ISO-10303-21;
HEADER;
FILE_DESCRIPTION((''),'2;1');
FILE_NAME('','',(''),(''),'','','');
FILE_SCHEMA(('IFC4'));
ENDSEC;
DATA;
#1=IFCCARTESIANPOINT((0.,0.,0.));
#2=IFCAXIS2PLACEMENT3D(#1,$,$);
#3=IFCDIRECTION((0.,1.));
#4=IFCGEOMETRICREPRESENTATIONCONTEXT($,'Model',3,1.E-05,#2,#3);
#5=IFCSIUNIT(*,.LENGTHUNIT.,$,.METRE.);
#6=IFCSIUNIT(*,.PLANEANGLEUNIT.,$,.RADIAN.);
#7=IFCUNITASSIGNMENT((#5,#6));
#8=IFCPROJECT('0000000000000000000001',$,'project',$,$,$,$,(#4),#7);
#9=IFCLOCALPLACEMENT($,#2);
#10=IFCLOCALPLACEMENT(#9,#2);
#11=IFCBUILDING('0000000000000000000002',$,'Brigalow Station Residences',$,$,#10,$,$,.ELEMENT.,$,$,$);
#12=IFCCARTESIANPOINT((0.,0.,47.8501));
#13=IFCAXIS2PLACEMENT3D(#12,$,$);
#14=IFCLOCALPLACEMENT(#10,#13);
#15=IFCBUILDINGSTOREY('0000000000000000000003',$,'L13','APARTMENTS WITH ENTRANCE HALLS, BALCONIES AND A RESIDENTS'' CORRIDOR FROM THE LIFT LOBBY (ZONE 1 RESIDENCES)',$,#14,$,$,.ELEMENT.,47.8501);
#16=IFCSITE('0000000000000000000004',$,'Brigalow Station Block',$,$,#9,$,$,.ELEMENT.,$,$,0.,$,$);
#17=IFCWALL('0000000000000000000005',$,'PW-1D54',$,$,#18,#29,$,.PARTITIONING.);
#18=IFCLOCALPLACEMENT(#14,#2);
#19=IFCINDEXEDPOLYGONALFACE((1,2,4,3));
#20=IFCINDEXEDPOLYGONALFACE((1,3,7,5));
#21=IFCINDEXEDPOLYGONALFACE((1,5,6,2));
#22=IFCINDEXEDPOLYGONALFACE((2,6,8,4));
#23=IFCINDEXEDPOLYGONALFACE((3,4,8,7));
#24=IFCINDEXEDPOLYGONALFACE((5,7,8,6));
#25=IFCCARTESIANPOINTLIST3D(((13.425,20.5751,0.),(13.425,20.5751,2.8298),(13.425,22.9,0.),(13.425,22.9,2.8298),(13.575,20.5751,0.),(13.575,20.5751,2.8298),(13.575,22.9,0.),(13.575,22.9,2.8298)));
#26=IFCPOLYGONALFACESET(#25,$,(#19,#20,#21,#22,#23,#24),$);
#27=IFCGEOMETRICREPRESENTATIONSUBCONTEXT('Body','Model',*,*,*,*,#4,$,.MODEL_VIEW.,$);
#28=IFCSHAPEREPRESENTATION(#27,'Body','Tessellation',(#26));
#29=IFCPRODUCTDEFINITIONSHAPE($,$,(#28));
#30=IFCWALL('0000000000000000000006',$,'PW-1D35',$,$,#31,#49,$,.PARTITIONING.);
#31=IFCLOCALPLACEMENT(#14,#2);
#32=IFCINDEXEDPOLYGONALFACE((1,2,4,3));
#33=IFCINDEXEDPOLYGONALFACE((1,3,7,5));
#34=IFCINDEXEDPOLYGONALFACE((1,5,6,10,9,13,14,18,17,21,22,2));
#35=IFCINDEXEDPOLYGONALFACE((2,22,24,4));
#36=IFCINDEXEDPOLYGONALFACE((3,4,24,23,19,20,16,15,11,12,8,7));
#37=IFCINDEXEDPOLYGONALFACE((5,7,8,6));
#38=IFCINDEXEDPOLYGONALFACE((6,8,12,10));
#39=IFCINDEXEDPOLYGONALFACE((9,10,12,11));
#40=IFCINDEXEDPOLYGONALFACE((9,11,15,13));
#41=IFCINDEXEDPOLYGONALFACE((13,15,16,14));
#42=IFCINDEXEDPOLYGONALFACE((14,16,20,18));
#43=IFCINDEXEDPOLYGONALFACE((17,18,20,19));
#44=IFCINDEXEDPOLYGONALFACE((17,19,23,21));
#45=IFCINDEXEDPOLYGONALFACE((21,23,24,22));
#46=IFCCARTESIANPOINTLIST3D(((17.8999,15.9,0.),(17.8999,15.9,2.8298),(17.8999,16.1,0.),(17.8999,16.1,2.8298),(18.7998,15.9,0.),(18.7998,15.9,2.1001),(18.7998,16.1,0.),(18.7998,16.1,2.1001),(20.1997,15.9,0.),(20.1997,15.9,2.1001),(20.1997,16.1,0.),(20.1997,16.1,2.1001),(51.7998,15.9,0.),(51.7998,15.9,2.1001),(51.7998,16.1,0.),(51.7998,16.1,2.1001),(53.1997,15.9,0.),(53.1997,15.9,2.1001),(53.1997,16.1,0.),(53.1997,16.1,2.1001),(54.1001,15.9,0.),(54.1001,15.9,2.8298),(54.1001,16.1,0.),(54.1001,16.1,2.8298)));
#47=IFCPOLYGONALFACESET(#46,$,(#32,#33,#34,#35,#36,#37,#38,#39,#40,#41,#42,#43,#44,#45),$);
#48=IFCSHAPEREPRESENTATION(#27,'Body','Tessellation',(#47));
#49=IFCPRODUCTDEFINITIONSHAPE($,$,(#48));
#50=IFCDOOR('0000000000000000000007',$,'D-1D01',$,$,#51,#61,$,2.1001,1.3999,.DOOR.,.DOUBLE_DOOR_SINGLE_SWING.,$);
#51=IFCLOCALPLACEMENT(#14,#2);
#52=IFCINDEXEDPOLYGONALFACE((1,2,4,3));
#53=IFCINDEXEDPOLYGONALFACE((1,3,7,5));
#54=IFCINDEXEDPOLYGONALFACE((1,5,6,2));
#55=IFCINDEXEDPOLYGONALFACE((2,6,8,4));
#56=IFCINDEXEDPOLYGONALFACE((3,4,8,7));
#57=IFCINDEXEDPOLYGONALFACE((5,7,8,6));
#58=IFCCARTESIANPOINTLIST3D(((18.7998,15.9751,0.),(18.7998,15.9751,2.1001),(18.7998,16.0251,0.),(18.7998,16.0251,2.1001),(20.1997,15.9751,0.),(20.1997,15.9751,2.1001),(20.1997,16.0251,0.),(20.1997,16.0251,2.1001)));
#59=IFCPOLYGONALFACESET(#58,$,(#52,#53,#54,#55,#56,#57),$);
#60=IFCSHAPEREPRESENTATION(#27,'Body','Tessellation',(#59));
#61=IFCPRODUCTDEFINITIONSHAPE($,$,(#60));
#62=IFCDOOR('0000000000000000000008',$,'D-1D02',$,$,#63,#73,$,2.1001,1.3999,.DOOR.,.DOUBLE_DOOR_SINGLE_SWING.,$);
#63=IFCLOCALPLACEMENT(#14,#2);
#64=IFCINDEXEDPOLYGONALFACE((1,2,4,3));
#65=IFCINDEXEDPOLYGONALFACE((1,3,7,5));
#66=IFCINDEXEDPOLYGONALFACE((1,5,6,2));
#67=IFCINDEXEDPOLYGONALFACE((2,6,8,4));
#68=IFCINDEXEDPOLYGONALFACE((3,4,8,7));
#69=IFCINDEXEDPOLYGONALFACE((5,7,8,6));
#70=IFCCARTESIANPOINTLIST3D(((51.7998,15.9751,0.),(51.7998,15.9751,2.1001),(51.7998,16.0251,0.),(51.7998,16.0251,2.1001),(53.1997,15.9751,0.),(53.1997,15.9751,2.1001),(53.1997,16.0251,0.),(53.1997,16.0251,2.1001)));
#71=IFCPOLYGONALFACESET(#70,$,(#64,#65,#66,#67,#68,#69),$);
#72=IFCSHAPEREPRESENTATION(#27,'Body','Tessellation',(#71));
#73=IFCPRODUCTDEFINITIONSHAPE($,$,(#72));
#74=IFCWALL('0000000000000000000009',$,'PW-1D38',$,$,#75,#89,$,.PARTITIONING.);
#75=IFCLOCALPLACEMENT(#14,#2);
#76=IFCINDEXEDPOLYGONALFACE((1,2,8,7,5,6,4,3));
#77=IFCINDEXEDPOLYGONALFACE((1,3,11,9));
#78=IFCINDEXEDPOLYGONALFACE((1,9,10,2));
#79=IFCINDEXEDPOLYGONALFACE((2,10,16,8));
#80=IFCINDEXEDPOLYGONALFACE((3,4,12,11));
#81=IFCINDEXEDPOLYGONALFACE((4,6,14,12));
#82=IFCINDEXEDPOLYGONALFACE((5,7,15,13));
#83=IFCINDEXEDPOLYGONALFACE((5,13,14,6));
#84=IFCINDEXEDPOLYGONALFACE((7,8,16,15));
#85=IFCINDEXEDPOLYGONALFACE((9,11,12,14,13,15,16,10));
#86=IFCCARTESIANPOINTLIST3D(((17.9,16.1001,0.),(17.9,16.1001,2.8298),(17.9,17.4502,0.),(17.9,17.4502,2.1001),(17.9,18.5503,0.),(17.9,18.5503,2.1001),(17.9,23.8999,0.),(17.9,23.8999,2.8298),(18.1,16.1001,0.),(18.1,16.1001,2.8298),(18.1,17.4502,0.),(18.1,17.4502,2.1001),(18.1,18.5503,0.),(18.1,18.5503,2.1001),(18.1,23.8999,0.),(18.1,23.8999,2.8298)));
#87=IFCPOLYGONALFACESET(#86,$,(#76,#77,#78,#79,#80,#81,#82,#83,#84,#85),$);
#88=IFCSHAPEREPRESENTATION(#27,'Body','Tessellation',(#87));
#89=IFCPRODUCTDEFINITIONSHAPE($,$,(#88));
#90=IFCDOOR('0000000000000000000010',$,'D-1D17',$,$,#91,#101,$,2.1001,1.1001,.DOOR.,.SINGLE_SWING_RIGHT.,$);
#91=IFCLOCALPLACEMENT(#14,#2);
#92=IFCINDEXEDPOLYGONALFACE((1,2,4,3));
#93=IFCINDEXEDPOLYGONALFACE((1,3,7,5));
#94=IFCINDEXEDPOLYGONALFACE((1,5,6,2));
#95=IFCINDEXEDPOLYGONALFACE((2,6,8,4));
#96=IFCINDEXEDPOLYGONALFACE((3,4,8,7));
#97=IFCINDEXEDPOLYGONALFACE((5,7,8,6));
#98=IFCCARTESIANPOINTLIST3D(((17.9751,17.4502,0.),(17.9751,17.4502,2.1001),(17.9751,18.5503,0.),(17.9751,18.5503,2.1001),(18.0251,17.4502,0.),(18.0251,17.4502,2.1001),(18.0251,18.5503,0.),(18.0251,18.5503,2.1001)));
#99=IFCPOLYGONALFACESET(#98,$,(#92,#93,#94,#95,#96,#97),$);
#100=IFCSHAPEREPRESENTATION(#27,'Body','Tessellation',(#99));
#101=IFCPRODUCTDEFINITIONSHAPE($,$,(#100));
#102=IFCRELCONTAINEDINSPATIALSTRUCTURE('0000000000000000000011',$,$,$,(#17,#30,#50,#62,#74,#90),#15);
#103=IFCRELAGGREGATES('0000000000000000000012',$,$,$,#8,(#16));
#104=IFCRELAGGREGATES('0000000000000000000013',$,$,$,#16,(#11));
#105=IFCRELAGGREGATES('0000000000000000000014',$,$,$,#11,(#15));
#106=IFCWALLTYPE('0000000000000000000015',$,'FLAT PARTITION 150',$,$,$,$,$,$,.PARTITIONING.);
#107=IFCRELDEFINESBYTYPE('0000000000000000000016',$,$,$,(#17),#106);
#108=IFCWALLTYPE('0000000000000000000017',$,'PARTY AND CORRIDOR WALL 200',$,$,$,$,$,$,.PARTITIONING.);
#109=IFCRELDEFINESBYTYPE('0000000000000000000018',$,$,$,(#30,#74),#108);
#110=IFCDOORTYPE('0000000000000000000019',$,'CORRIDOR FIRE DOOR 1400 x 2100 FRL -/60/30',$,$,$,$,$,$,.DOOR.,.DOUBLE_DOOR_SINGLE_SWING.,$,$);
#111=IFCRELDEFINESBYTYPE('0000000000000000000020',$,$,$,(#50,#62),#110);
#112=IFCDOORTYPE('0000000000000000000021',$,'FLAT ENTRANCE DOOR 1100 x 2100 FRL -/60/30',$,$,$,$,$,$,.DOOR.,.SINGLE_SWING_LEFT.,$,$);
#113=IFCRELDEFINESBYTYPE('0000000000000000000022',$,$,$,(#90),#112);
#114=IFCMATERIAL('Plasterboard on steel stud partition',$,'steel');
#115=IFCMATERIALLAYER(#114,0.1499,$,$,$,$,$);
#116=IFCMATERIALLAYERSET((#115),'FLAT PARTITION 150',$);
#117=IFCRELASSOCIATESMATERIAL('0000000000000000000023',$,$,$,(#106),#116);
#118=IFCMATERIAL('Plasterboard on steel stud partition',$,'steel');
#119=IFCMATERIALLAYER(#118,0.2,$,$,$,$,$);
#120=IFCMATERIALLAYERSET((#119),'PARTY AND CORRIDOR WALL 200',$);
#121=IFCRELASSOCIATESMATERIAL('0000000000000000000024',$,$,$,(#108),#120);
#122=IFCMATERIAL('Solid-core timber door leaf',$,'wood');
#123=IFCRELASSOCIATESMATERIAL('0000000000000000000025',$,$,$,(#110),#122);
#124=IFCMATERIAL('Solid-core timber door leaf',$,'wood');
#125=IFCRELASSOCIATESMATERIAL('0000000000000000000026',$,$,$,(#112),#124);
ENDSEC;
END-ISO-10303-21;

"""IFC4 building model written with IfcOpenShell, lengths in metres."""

from ifc_helpers import new_model, si_unit, direction, frame, frame_2d, origin, place, context, subcontext, project, spatial, rectangle, extrude, material, layer, layer_set, type_object, element, fill, save


model = new_model("IFC4")

# Units and contexts
model_context = context("Model", 3, precision=1e-05, world=origin(), true_north=direction((0.0, 1.0)))
body_context = subcontext(model_context, "Body", "Model", "MODEL_VIEW")
ifc_project = project(units=[si_unit("LENGTHUNIT", "METRE"), si_unit("PLANEANGLEUNIT", "RADIAN")], contexts=[model_context])

# Site, building, storey
site_placement = place(None, origin())
site = spatial("IfcSite", under=ifc_project, at=site_placement, Name="Brigalow Station Block", CompositionType="ELEMENT", RefElevation=0.0)
building_placement = place(site_placement, origin())
building = spatial("IfcBuilding", under=site, at=building_placement, Name="Brigalow Station Residences", CompositionType="ELEMENT")
storey_placement = place(building_placement, frame((0.0, 0.0, 47.8501)))
storey = spatial("IfcBuildingStorey", under=building, at=storey_placement, Name="L13", Description="APARTMENTS WITH ENTRANCE HALLS, BALCONIES AND A RESIDENTS' CORRIDOR FROM THE LIFT LOBBY (ZONE 1 RESIDENCES)", CompositionType="ELEMENT", Elevation=47.8501)

# Shared definitions
ifc_material_1 = material(Name="Plasterboard on steel stud partition", Category="steel")
ifc_layer_1 = layer(ifc_material_1, 0.1499)
ifc_layer_set_1 = layer_set([ifc_layer_1], Name="FLAT PARTITION 150")
wall_type_1 = type_object("IfcWallType", Name="FLAT PARTITION 150", PredefinedType="PARTITIONING", material=ifc_layer_set_1)

# Wall
wall_1_placement = place(storey_placement, frame((13.5, 20.575, 0.0), z_axis=(0.0, 0.0, 1.0), x_axis=(0.0, 1.0, 0.0)))
element("IfcWall", 1, at=wall_1_placement, inside=storey, type_object=wall_type_1, Name="PW-1D54", PredefinedType="PARTITIONING", context=body_context, shape_type="SweptSolid", body=[
    extrude(rectangle(XDim=2.325, YDim=0.1499, at=frame_2d((1.1626, 0.0))), origin(), (0.0, 0.0, 1.0), 2.8298),
])

# Wall, openings, doors
ifc_material_2 = material(Name="Plasterboard on steel stud partition", Category="steel")
ifc_layer_2 = layer(ifc_material_2, 0.2)
ifc_layer_set_2 = layer_set([ifc_layer_2], Name="PARTY AND CORRIDOR WALL 200")
wall_type_2 = type_object("IfcWallType", Name="PARTY AND CORRIDOR WALL 200", PredefinedType="PARTITIONING", material=ifc_layer_set_2)
wall_2_placement = place(storey_placement, frame((17.8999, 16.0, 0.0), z_axis=(0.0, 0.0, 1.0), x_axis=(1.0, 0.0, 0.0)))
wall_2 = element("IfcWall", 2, at=wall_2_placement, inside=storey, type_object=wall_type_2, Name="PW-1D35", PredefinedType="PARTITIONING", context=body_context, shape_type="SweptSolid", body=[
    extrude(rectangle(XDim=36.2002, YDim=0.2, at=frame_2d((18.1001, 0.0))), origin(), (0.0, 0.0, 1.0), 2.8298),
])
opening_1_placement = place(wall_2_placement, frame((0.8999, 0.0, 0.0)))
opening_1 = element("IfcOpeningElement", 3, at=opening_1_placement, cuts=wall_2, PredefinedType="OPENING", context=body_context, shape_type="SweptSolid", body=[
    extrude(rectangle(XDim=1.3999, YDim=2.1001, at=frame_2d((0.7, 1.05))), frame((0.0, 0.1099, 0.0), z_axis=(0.0, -1.0, 0.0), x_axis=(1.0, 0.0, 0.0)), (0.0, 0.0, 1.0), 0.22),
])
opening_2_placement = place(wall_2_placement, frame((33.8999, 0.0, 0.0)))
opening_2 = element("IfcOpeningElement", 4, at=opening_2_placement, cuts=wall_2, PredefinedType="OPENING", context=body_context, shape_type="SweptSolid", body=[
    extrude(rectangle(XDim=1.3999, YDim=2.1001, at=frame_2d((0.7, 1.05))), frame((0.0, 0.1099, 0.0), z_axis=(0.0, -1.0, 0.0), x_axis=(1.0, 0.0, 0.0)), (0.0, 0.0, 1.0), 0.22),
])
ifc_material_3 = material(Name="Solid-core timber door leaf", Category="wood")
door_type_1 = type_object("IfcDoorType", Name="CORRIDOR FIRE DOOR 1400 x 2100 FRL -/60/30", OperationType="DOUBLE_DOOR_SINGLE_SWING", PredefinedType="DOOR", material=ifc_material_3)
door_1_placement = place(opening_1_placement, frame((1.3999, 0.0, 0.0), z_axis=(0.0, 0.0, 1.0), x_axis=(-1.0, 0.0, 0.0)))
door_1 = element("IfcDoor", 5, at=door_1_placement, inside=storey, type_object=door_type_1, Name="D-1D01", OperationType="DOUBLE_DOOR_SINGLE_SWING", OverallHeight=2.1001, OverallWidth=1.3999, PredefinedType="DOOR", context=body_context, shape_type="SweptSolid", body=[
    extrude(rectangle(XDim=1.3999, YDim=2.1001, at=frame_2d((0.7, 1.05))), frame((0.0, 0.0249, 0.0), z_axis=(0.0, -1.0, 0.0), x_axis=(1.0, 0.0, 0.0)), (0.0, 0.0, 1.0), 0.05),
])
fill(opening_1, door_1)
door_2_placement = place(opening_2_placement, frame((1.3999, 0.0, 0.0), z_axis=(0.0, 0.0, 1.0), x_axis=(-1.0, 0.0, 0.0)))
door_2 = element("IfcDoor", 6, at=door_2_placement, inside=storey, type_object=door_type_1, Name="D-1D02", OperationType="DOUBLE_DOOR_SINGLE_SWING", OverallHeight=2.1001, OverallWidth=1.3999, PredefinedType="DOOR", context=body_context, shape_type="SweptSolid", body=[
    extrude(rectangle(XDim=1.3999, YDim=2.1001, at=frame_2d((0.7, 1.05))), frame((0.0, 0.0249, 0.0), z_axis=(0.0, -1.0, 0.0), x_axis=(1.0, 0.0, 0.0)), (0.0, 0.0, 1.0), 0.05),
])
fill(opening_2, door_2)

# Wall, opening, door
wall_3_placement = place(storey_placement, frame((18.0, 16.1001, 0.0), z_axis=(0.0, 0.0, 1.0), x_axis=(0.0, 1.0, 0.0)))
wall_3 = element("IfcWall", 7, at=wall_3_placement, inside=storey, type_object=wall_type_2, Name="PW-1D38", PredefinedType="PARTITIONING", context=body_context, shape_type="SweptSolid", body=[
    extrude(rectangle(XDim=7.7998, YDim=0.2, at=frame_2d((3.8999, 0.0))), origin(), (0.0, 0.0, 1.0), 2.8298),
])
opening_3_placement = place(wall_3_placement, frame((1.3501, 0.0, 0.0)))
opening_3 = element("IfcOpeningElement", 8, at=opening_3_placement, cuts=wall_3, PredefinedType="OPENING", context=body_context, shape_type="SweptSolid", body=[
    extrude(rectangle(XDim=1.1001, YDim=2.1001, at=frame_2d((0.55, 1.05))), frame((0.0, 0.1099, 0.0), z_axis=(0.0, -1.0, 0.0), x_axis=(1.0, 0.0, 0.0)), (0.0, 0.0, 1.0), 0.22),
])
ifc_material_4 = material(Name="Solid-core timber door leaf", Category="wood")
door_type_2 = type_object("IfcDoorType", Name="FLAT ENTRANCE DOOR 1100 x 2100 FRL -/60/30", OperationType="SINGLE_SWING_LEFT", PredefinedType="DOOR", material=ifc_material_4)
door_3_placement = place(opening_3_placement, origin())
door_3 = element("IfcDoor", 9, at=door_3_placement, inside=storey, type_object=door_type_2, Name="D-1D17", OperationType="SINGLE_SWING_RIGHT", OverallHeight=2.1001, OverallWidth=1.1001, PredefinedType="DOOR", context=body_context, shape_type="SweptSolid", body=[
    extrude(rectangle(XDim=1.1001, YDim=2.1001, at=frame_2d((0.55, 1.05))), frame((0.0, 0.0249, 0.0), z_axis=(0.0, -1.0, 0.0), x_axis=(1.0, 0.0, 0.0)), (0.0, 0.0, 1.0), 0.05),
])
fill(opening_3, door_3)

save(model, "model.ifc")
